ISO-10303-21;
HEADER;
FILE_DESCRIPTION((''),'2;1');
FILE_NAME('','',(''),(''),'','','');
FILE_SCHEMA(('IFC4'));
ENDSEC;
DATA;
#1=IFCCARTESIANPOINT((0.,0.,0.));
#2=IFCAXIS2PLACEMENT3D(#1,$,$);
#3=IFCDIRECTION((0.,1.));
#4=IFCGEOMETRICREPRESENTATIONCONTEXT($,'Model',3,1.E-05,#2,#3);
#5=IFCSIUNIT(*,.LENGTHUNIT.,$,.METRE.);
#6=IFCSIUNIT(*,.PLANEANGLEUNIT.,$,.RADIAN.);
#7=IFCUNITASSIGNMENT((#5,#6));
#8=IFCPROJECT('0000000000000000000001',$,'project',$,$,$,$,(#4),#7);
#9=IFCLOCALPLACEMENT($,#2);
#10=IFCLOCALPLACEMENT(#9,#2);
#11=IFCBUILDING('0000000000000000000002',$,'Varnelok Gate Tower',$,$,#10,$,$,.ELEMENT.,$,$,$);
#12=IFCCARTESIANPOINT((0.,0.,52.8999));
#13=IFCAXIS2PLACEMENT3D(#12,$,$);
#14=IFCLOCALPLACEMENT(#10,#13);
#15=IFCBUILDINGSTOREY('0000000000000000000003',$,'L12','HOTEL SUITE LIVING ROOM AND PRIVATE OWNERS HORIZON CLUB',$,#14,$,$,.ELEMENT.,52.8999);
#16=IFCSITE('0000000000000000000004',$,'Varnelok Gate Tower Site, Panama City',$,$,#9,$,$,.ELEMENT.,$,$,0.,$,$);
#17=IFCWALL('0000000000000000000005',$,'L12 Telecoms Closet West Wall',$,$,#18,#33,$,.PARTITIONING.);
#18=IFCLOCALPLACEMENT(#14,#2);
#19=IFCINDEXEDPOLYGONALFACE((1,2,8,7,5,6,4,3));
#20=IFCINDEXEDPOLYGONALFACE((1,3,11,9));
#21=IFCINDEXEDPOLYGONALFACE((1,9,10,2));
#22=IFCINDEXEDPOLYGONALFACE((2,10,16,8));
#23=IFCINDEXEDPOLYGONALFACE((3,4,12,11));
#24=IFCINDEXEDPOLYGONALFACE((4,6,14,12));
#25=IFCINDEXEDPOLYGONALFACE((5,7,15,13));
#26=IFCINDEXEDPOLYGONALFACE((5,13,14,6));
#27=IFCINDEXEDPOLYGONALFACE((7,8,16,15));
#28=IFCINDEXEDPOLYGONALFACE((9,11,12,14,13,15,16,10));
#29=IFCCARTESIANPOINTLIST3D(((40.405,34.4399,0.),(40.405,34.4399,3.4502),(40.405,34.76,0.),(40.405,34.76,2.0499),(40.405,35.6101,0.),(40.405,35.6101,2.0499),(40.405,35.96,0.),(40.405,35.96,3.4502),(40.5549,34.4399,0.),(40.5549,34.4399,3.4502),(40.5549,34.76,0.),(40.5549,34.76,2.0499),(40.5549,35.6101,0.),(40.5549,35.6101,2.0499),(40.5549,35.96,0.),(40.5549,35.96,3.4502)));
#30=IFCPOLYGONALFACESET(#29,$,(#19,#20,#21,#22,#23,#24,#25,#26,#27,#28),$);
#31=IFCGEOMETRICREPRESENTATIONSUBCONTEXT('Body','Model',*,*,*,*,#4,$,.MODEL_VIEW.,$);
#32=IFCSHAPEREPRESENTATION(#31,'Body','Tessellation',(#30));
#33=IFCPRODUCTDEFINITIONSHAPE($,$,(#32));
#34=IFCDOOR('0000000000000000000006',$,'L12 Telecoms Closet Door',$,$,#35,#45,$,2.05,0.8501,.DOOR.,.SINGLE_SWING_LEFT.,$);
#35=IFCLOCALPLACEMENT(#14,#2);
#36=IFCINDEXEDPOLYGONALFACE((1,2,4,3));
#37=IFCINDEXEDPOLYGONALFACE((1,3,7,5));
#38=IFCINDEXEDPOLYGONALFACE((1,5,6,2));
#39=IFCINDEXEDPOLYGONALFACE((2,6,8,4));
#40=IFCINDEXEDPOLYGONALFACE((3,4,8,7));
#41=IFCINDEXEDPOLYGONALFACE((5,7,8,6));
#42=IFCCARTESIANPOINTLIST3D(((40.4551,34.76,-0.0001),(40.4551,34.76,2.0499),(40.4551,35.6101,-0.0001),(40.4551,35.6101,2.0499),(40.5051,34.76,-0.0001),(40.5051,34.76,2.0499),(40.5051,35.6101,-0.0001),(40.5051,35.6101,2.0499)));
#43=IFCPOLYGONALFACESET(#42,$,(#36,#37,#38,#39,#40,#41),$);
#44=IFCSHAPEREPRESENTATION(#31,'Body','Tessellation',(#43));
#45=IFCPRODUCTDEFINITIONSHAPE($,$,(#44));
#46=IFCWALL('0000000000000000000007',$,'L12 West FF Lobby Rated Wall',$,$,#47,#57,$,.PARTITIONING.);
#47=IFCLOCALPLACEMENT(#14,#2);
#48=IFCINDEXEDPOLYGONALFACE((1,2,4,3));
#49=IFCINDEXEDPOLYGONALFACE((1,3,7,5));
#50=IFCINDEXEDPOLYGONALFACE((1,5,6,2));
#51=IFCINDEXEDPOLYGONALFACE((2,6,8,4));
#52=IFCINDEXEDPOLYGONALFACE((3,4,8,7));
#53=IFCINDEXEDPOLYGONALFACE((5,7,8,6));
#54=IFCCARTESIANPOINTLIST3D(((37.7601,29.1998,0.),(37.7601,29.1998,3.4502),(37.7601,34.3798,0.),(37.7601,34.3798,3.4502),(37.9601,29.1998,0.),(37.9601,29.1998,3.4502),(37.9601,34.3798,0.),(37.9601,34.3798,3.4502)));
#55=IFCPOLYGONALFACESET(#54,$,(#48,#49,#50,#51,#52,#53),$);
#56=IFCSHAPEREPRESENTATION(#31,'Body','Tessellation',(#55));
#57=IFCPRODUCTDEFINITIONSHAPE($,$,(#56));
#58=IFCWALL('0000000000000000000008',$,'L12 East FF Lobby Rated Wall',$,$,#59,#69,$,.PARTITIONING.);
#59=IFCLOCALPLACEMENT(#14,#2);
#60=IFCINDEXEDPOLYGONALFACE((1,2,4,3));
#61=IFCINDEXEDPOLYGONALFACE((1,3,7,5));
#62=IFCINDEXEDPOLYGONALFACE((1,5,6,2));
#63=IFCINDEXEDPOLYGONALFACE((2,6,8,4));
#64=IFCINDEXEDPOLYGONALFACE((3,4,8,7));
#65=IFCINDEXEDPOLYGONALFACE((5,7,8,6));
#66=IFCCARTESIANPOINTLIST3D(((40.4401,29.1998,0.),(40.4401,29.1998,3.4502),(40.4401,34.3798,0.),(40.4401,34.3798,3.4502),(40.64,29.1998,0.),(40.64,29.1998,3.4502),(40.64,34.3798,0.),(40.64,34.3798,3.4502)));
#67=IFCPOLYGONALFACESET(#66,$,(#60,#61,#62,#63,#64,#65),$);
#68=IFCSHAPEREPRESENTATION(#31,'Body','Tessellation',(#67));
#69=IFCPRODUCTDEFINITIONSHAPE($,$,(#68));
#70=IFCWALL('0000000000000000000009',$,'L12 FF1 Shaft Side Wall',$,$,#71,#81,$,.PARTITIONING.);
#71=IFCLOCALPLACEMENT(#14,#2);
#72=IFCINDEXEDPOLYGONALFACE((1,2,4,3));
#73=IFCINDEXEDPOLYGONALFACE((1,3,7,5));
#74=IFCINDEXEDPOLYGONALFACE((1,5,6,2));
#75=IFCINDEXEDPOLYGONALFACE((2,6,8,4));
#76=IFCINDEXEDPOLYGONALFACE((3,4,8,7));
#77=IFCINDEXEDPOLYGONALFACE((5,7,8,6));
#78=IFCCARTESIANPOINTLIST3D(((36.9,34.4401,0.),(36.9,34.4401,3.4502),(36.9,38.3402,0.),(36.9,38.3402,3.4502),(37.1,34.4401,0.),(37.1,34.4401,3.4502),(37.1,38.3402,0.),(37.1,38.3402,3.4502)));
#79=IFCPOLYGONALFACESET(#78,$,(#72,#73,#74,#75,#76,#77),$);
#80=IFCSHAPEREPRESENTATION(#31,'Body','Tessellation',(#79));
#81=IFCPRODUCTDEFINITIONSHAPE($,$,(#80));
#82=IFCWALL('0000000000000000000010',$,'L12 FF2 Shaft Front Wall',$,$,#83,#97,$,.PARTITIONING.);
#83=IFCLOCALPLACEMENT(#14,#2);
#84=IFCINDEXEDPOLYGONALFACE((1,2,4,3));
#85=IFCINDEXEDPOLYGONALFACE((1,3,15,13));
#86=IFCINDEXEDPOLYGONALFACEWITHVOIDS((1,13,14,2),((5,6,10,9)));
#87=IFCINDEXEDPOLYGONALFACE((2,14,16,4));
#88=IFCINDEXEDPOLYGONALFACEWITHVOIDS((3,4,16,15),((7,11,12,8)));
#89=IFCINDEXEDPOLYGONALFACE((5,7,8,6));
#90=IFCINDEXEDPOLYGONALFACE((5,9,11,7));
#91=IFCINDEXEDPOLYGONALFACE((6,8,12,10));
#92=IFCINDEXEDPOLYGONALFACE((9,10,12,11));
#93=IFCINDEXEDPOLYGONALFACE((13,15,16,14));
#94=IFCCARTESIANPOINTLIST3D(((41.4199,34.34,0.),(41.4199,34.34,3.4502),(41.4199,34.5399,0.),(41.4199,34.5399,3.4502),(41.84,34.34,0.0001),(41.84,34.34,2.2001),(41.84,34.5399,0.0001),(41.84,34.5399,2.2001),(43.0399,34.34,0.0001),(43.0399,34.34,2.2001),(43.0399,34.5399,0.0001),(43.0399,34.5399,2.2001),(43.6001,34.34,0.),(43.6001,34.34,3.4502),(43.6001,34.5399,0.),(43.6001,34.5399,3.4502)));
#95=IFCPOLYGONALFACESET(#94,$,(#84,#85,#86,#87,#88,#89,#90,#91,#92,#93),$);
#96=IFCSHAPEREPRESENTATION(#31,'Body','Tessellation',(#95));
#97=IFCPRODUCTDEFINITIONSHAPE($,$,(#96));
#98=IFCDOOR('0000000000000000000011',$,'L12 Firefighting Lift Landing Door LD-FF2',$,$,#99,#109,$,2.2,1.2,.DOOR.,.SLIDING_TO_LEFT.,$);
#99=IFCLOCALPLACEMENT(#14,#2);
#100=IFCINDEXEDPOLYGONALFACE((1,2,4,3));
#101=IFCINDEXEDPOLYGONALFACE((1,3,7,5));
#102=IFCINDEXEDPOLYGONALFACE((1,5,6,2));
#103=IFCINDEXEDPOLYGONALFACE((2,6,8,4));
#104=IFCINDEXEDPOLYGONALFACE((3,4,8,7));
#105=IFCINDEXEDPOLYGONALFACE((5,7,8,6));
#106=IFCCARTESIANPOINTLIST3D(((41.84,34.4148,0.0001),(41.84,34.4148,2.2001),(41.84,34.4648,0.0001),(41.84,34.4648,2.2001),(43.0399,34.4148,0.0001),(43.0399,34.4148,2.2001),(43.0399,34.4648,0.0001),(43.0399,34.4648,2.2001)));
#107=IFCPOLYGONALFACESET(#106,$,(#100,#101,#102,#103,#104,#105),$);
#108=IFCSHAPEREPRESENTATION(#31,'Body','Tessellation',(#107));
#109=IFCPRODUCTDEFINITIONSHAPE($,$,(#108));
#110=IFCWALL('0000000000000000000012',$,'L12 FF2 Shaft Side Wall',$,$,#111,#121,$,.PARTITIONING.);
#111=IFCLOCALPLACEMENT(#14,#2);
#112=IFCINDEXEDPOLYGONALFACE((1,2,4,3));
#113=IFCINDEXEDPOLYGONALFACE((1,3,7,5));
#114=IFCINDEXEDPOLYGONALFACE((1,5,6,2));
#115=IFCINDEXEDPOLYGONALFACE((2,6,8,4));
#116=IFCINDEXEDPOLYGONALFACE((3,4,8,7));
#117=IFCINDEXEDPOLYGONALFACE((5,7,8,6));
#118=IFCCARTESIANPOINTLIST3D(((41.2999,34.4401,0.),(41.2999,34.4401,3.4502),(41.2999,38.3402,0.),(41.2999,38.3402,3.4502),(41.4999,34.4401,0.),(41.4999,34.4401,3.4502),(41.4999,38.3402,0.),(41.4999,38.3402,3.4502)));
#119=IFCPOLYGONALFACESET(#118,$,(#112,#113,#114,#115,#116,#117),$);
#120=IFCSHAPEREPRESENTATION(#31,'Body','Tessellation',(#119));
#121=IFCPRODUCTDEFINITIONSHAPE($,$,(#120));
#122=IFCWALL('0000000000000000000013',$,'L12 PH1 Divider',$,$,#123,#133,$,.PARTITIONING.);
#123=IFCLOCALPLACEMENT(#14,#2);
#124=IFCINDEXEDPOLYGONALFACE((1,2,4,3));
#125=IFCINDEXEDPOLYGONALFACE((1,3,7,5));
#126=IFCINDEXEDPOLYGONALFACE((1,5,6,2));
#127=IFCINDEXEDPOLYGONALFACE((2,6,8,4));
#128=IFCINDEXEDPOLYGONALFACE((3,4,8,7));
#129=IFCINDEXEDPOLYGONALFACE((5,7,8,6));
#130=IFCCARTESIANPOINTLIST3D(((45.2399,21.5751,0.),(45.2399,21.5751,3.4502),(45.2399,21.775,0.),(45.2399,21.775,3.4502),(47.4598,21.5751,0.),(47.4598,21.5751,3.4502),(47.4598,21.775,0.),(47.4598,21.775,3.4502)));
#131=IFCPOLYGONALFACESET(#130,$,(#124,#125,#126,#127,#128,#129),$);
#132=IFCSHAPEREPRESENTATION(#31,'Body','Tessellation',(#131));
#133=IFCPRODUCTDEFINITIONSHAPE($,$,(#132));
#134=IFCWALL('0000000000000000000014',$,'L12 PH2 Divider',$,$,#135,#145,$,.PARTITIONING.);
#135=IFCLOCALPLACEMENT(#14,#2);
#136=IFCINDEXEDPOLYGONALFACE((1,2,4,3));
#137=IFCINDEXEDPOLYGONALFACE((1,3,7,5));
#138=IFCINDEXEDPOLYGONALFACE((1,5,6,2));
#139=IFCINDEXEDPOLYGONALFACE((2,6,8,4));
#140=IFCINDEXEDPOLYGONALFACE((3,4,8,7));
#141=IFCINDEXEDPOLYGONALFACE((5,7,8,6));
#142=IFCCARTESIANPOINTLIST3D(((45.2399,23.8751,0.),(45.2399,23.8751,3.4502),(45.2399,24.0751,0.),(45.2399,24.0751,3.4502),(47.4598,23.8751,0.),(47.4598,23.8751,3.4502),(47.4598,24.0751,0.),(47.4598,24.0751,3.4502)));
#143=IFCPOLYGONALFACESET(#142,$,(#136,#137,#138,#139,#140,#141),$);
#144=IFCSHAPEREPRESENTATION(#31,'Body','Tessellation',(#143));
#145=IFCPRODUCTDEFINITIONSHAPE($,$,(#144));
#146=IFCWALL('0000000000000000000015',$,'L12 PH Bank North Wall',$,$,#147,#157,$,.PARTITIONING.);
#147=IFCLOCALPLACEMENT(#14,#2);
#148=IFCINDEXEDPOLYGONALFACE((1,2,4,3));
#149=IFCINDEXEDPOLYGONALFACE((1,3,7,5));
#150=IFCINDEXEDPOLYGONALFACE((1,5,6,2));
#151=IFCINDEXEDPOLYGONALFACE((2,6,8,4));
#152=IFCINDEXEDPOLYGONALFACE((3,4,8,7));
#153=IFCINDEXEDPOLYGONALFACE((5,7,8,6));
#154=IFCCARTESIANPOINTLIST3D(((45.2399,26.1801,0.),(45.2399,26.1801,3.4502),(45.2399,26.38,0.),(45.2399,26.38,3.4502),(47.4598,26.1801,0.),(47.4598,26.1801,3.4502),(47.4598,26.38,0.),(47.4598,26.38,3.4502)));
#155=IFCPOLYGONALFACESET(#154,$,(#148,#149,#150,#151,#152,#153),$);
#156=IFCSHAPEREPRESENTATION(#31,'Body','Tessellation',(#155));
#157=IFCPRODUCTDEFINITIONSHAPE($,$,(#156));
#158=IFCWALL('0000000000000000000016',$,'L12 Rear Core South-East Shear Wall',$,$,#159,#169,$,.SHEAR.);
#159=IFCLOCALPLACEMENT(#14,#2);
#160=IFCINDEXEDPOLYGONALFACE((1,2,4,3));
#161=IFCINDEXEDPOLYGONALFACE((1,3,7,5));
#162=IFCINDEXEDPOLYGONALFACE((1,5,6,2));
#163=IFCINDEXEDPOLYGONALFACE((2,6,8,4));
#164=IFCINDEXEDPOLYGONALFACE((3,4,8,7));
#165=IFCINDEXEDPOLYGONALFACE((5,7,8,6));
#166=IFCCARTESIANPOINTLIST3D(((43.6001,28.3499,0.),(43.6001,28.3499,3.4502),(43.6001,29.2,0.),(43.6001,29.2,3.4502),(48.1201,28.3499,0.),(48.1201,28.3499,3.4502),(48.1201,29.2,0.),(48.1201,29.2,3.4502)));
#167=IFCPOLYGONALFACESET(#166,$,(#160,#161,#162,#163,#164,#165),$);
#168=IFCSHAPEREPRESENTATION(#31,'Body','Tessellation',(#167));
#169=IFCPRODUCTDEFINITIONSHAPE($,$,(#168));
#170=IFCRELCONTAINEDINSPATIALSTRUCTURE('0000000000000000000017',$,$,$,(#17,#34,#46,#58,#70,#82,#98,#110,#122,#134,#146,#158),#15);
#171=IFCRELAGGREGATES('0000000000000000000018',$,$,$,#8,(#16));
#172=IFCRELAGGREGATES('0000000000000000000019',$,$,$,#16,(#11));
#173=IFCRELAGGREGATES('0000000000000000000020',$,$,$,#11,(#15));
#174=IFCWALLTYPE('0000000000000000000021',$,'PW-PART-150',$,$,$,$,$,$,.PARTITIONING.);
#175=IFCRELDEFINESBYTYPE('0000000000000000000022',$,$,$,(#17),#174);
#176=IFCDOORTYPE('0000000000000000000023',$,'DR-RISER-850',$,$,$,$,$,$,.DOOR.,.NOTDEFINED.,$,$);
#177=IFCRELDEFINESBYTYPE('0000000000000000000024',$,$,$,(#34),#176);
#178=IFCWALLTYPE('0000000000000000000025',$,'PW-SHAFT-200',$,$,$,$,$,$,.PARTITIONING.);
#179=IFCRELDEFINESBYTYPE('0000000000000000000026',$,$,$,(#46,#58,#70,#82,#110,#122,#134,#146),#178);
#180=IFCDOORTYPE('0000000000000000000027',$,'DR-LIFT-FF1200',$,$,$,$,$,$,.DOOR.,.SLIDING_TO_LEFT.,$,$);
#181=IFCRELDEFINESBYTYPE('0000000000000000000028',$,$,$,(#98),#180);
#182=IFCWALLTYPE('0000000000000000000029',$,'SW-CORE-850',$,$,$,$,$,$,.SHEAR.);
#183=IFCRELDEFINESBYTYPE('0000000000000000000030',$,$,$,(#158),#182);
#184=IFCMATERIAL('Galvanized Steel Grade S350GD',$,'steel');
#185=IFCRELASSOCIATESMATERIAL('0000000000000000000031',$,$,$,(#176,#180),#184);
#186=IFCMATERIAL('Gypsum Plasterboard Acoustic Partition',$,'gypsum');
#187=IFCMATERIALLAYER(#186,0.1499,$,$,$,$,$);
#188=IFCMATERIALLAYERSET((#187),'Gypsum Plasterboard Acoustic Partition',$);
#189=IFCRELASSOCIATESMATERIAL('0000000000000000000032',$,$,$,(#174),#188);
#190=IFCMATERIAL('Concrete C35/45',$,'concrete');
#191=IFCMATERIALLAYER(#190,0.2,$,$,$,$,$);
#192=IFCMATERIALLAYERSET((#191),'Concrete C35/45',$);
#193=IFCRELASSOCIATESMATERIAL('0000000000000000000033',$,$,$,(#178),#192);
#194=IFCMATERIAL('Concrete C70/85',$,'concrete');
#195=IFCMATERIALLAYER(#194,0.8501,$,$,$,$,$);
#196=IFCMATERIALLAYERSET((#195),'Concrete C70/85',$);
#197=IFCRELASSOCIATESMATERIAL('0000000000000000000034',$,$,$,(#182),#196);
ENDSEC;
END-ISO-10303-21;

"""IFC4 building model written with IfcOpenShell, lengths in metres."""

from ifc_helpers import new_model, si_unit, direction, frame, frame_2d, origin, place, context, subcontext, project, spatial, rectangle, extrude, material, layer, layer_set, type_object, element, fill, save


model = new_model("IFC4")

# Units and contexts
model_context = context("Model", 3, precision=1e-05, world=origin(), true_north=direction((0.0, 1.0)))
body_context = subcontext(model_context, "Body", "Model", "MODEL_VIEW")
ifc_project = project(units=[si_unit("LENGTHUNIT", "METRE"), si_unit("PLANEANGLEUNIT", "RADIAN")], contexts=[model_context])

# Site, building, storey
site_placement = place(None, origin())
site = spatial("IfcSite", under=ifc_project, at=site_placement, Name="Varnelok Gate Tower Site, Panama City", CompositionType="ELEMENT", RefElevation=0.0)
building_placement = place(site_placement, origin())
building = spatial("IfcBuilding", under=site, at=building_placement, Name="Varnelok Gate Tower", CompositionType="ELEMENT")
storey_placement = place(building_placement, frame((0.0, 0.0, 52.8999)))
storey = spatial("IfcBuildingStorey", under=building, at=storey_placement, Name="L12", Description="HOTEL SUITE LIVING ROOM AND PRIVATE OWNERS HORIZON CLUB", CompositionType="ELEMENT", Elevation=52.8999)

# Shared definitions
ifc_material_1 = material(Name="Concrete C70/85", Category="concrete")

# Shared definitions
ifc_material_2 = material(Name="Gypsum Plasterboard Acoustic Partition", Category="gypsum")

# Shared definitions
ifc_material_3 = material(Name="Galvanized Steel Grade S350GD", Category="steel")
door_type_1 = type_object("IfcDoorType", Name="DR-RISER-850", OperationType="NOTDEFINED", PredefinedType="DOOR", material=ifc_material_3)

# Wall, opening, door
ifc_layer_1 = layer(ifc_material_2, 0.1499)
ifc_layer_set_1 = layer_set([ifc_layer_1], Name="Gypsum Plasterboard Acoustic Partition")
wall_type_1 = type_object("IfcWallType", Name="PW-PART-150", PredefinedType="PARTITIONING", material=ifc_layer_set_1)
wall_1_placement = place(storey_placement, frame((40.48, 34.4399, 0.0), z_axis=(0.0, 0.0, 1.0), x_axis=(0.0, 1.0, 0.0)))
wall_1 = element("IfcWall", 1, at=wall_1_placement, inside=storey, type_object=wall_type_1, Name="L12 Telecoms Closet West Wall", PredefinedType="PARTITIONING", context=body_context, shape_type="SweptSolid", body=[
    extrude(rectangle(XDim=1.52, YDim=0.1499, at=frame_2d((0.76, 0.0))), origin(), (0.0, 0.0, 1.0), 3.4502),
])
opening_1_placement = place(wall_1_placement, frame((0.3201, 0.0, 0.0)))
opening_1 = element("IfcOpeningElement", 2, at=opening_1_placement, cuts=wall_1, PredefinedType="OPENING", context=body_context, shape_type="SweptSolid", body=[
    extrude(rectangle(XDim=0.8501, YDim=2.05, at=frame_2d((0.425, 1.0249))), frame((0.0, 0.085, 0.0), z_axis=(0.0, -1.0, 0.0), x_axis=(1.0, 0.0, 0.0)), (0.0, 0.0, 1.0), 0.1699),
])
door_1_placement = place(opening_1_placement, origin())
door_1 = element("IfcDoor", 3, at=door_1_placement, inside=storey, type_object=door_type_1, Name="L12 Telecoms Closet Door", OperationType="SINGLE_SWING_LEFT", OverallHeight=2.05, OverallWidth=0.8501, PredefinedType="DOOR", context=body_context, shape_type="SweptSolid", body=[
    extrude(rectangle(XDim=0.8501, YDim=2.05, at=frame_2d((0.425, 1.0249))), frame((0.0, 0.0249, 0.0), z_axis=(0.0, -1.0, 0.0), x_axis=(1.0, 0.0, 0.0)), (0.0, 0.0, 1.0), 0.05),
])
fill(opening_1, door_1)

# Walls
ifc_material_4 = material(Name="Concrete C35/45", Category="concrete")
ifc_layer_2 = layer(ifc_material_4, 0.2)
ifc_layer_set_2 = layer_set([ifc_layer_2], Name="Concrete C35/45")
wall_type_2 = type_object("IfcWallType", Name="PW-SHAFT-200", PredefinedType="PARTITIONING", material=ifc_layer_set_2)
for number, where, z_axis, x_axis, name in (
    (4, (37.8601, 29.2, 0.0), (0.0, 0.0, 1.0), (0.0, 1.0, 0.0), "L12 West FF Lobby Rated Wall"),
    (5, (40.54, 29.2, 0.0), (0.0, 0.0, 1.0), (0.0, 1.0, 0.0), "L12 East FF Lobby Rated Wall"),
):
    element("IfcWall", number, at=place(storey_placement, frame(where, z_axis=z_axis, x_axis=x_axis)), inside=storey, type_object=wall_type_2, Name=name, PredefinedType="PARTITIONING", context=body_context, shape_type="SweptSolid", body=[
        extrude(rectangle(XDim=5.1799, YDim=0.2, at=frame_2d((2.5898, 0.0))), origin(), (0.0, 0.0, 1.0), 3.4502),
    ])
wall_2_placement = place(storey_placement, frame((37.0, 34.4399, 0.0), z_axis=(0.0, 0.0, 1.0), x_axis=(0.0, 1.0, 0.0)))
element("IfcWall", 6, at=wall_2_placement, inside=storey, type_object=wall_type_2, Name="L12 FF1 Shaft Side Wall", PredefinedType="PARTITIONING", context=body_context, shape_type="SweptSolid", body=[
    extrude(rectangle(XDim=3.9001, YDim=0.2, at=frame_2d((1.9502, 0.0))), origin(), (0.0, 0.0, 1.0), 3.4502),
])

# Wall, opening, door
wall_3_placement = place(storey_placement, frame((41.4199, 34.4399, 0.0), z_axis=(0.0, 0.0, 1.0), x_axis=(1.0, 0.0, 0.0)))
wall_3 = element("IfcWall", 7, at=wall_3_placement, inside=storey, type_object=wall_type_2, Name="L12 FF2 Shaft Front Wall", PredefinedType="PARTITIONING", context=body_context, shape_type="SweptSolid", body=[
    extrude(rectangle(XDim=2.1802, YDim=0.2, at=frame_2d((1.0901, 0.0))), origin(), (0.0, 0.0, 1.0), 3.4502),
])
opening_2_placement = place(wall_3_placement, frame((0.4199, 0.0, 0.0)))
opening_2 = element("IfcOpeningElement", 8, at=opening_2_placement, cuts=wall_3, PredefinedType="OPENING", context=body_context, shape_type="SweptSolid", body=[
    extrude(rectangle(XDim=1.2, YDim=2.2, at=frame_2d((0.6001, 1.1001))), frame((0.0, 0.1099, 0.0), z_axis=(0.0, -1.0, 0.0), x_axis=(1.0, 0.0, 0.0)), (0.0, 0.0, 1.0), 0.22),
])
door_type_2 = type_object("IfcDoorType", Name="DR-LIFT-FF1200", OperationType="SLIDING_TO_LEFT", PredefinedType="DOOR", material=ifc_material_3)
door_2_placement = place(opening_2_placement, origin())
door_2 = element("IfcDoor", 9, at=door_2_placement, inside=storey, type_object=door_type_2, Name="L12 Firefighting Lift Landing Door LD-FF2", OperationType="SLIDING_TO_LEFT", OverallHeight=2.2, OverallWidth=1.2, PredefinedType="DOOR", context=body_context, shape_type="SweptSolid", body=[
    extrude(rectangle(XDim=1.2, YDim=2.2, at=frame_2d((0.6001, 1.1001))), frame((0.0, 0.0249, 0.0), z_axis=(0.0, -1.0, 0.0), x_axis=(1.0, 0.0, 0.0)), (0.0, 0.0, 1.0), 0.05),
])
fill(opening_2, door_2)

# Walls
wall_4_placement = place(storey_placement, frame((41.3999, 34.4399, 0.0), z_axis=(0.0, 0.0, 1.0), x_axis=(0.0, 1.0, 0.0)))
element("IfcWall", 10, at=wall_4_placement, inside=storey, type_object=wall_type_2, Name="L12 FF2 Shaft Side Wall", PredefinedType="PARTITIONING", context=body_context, shape_type="SweptSolid", body=[
    extrude(rectangle(XDim=3.9001, YDim=0.2, at=frame_2d((1.9502, 0.0))), origin(), (0.0, 0.0, 1.0), 3.4502),
])
for number, where, z_axis, x_axis, name in (
    (11, (45.24, 21.675, 0.0), (0.0, 0.0, 1.0), (1.0, 0.0, 0.0), "L12 PH1 Divider"),
    (12, (45.24, 23.9751, 0.0), (0.0, 0.0, 1.0), (1.0, 0.0, 0.0), "L12 PH2 Divider"),
    (13, (45.24, 26.28, 0.0), (0.0, 0.0, 1.0), (1.0, 0.0, 0.0), "L12 PH Bank North Wall"),
):
    element("IfcWall", number, at=place(storey_placement, frame(where, z_axis=z_axis, x_axis=x_axis)), inside=storey, type_object=wall_type_2, Name=name, PredefinedType="PARTITIONING", context=body_context, shape_type="SweptSolid", body=[
        extrude(rectangle(XDim=2.22, YDim=0.2, at=frame_2d((1.1099, 0.0))), origin(), (0.0, 0.0, 1.0), 3.4502),
    ])
ifc_layer_3 = layer(ifc_material_1, 0.8501)
ifc_layer_set_3 = layer_set([ifc_layer_3], Name="Concrete C70/85")
wall_type_3 = type_object("IfcWallType", Name="SW-CORE-850", PredefinedType="SHEAR", material=ifc_layer_set_3)
wall_5_placement = place(storey_placement, frame((43.6001, 28.7749, 0.0), z_axis=(0.0, 0.0, 1.0), x_axis=(1.0, 0.0, 0.0)))
element("IfcWall", 14, at=wall_5_placement, inside=storey, type_object=wall_type_3, Name="L12 Rear Core South-East Shear Wall", PredefinedType="SHEAR", context=body_context, shape_type="SweptSolid", body=[
    extrude(rectangle(XDim=4.52, YDim=0.8501, at=frame_2d((2.26, 0.0))), origin(), (0.0, 0.0, 1.0), 3.4502),
])

save(model, "model.ifc")
